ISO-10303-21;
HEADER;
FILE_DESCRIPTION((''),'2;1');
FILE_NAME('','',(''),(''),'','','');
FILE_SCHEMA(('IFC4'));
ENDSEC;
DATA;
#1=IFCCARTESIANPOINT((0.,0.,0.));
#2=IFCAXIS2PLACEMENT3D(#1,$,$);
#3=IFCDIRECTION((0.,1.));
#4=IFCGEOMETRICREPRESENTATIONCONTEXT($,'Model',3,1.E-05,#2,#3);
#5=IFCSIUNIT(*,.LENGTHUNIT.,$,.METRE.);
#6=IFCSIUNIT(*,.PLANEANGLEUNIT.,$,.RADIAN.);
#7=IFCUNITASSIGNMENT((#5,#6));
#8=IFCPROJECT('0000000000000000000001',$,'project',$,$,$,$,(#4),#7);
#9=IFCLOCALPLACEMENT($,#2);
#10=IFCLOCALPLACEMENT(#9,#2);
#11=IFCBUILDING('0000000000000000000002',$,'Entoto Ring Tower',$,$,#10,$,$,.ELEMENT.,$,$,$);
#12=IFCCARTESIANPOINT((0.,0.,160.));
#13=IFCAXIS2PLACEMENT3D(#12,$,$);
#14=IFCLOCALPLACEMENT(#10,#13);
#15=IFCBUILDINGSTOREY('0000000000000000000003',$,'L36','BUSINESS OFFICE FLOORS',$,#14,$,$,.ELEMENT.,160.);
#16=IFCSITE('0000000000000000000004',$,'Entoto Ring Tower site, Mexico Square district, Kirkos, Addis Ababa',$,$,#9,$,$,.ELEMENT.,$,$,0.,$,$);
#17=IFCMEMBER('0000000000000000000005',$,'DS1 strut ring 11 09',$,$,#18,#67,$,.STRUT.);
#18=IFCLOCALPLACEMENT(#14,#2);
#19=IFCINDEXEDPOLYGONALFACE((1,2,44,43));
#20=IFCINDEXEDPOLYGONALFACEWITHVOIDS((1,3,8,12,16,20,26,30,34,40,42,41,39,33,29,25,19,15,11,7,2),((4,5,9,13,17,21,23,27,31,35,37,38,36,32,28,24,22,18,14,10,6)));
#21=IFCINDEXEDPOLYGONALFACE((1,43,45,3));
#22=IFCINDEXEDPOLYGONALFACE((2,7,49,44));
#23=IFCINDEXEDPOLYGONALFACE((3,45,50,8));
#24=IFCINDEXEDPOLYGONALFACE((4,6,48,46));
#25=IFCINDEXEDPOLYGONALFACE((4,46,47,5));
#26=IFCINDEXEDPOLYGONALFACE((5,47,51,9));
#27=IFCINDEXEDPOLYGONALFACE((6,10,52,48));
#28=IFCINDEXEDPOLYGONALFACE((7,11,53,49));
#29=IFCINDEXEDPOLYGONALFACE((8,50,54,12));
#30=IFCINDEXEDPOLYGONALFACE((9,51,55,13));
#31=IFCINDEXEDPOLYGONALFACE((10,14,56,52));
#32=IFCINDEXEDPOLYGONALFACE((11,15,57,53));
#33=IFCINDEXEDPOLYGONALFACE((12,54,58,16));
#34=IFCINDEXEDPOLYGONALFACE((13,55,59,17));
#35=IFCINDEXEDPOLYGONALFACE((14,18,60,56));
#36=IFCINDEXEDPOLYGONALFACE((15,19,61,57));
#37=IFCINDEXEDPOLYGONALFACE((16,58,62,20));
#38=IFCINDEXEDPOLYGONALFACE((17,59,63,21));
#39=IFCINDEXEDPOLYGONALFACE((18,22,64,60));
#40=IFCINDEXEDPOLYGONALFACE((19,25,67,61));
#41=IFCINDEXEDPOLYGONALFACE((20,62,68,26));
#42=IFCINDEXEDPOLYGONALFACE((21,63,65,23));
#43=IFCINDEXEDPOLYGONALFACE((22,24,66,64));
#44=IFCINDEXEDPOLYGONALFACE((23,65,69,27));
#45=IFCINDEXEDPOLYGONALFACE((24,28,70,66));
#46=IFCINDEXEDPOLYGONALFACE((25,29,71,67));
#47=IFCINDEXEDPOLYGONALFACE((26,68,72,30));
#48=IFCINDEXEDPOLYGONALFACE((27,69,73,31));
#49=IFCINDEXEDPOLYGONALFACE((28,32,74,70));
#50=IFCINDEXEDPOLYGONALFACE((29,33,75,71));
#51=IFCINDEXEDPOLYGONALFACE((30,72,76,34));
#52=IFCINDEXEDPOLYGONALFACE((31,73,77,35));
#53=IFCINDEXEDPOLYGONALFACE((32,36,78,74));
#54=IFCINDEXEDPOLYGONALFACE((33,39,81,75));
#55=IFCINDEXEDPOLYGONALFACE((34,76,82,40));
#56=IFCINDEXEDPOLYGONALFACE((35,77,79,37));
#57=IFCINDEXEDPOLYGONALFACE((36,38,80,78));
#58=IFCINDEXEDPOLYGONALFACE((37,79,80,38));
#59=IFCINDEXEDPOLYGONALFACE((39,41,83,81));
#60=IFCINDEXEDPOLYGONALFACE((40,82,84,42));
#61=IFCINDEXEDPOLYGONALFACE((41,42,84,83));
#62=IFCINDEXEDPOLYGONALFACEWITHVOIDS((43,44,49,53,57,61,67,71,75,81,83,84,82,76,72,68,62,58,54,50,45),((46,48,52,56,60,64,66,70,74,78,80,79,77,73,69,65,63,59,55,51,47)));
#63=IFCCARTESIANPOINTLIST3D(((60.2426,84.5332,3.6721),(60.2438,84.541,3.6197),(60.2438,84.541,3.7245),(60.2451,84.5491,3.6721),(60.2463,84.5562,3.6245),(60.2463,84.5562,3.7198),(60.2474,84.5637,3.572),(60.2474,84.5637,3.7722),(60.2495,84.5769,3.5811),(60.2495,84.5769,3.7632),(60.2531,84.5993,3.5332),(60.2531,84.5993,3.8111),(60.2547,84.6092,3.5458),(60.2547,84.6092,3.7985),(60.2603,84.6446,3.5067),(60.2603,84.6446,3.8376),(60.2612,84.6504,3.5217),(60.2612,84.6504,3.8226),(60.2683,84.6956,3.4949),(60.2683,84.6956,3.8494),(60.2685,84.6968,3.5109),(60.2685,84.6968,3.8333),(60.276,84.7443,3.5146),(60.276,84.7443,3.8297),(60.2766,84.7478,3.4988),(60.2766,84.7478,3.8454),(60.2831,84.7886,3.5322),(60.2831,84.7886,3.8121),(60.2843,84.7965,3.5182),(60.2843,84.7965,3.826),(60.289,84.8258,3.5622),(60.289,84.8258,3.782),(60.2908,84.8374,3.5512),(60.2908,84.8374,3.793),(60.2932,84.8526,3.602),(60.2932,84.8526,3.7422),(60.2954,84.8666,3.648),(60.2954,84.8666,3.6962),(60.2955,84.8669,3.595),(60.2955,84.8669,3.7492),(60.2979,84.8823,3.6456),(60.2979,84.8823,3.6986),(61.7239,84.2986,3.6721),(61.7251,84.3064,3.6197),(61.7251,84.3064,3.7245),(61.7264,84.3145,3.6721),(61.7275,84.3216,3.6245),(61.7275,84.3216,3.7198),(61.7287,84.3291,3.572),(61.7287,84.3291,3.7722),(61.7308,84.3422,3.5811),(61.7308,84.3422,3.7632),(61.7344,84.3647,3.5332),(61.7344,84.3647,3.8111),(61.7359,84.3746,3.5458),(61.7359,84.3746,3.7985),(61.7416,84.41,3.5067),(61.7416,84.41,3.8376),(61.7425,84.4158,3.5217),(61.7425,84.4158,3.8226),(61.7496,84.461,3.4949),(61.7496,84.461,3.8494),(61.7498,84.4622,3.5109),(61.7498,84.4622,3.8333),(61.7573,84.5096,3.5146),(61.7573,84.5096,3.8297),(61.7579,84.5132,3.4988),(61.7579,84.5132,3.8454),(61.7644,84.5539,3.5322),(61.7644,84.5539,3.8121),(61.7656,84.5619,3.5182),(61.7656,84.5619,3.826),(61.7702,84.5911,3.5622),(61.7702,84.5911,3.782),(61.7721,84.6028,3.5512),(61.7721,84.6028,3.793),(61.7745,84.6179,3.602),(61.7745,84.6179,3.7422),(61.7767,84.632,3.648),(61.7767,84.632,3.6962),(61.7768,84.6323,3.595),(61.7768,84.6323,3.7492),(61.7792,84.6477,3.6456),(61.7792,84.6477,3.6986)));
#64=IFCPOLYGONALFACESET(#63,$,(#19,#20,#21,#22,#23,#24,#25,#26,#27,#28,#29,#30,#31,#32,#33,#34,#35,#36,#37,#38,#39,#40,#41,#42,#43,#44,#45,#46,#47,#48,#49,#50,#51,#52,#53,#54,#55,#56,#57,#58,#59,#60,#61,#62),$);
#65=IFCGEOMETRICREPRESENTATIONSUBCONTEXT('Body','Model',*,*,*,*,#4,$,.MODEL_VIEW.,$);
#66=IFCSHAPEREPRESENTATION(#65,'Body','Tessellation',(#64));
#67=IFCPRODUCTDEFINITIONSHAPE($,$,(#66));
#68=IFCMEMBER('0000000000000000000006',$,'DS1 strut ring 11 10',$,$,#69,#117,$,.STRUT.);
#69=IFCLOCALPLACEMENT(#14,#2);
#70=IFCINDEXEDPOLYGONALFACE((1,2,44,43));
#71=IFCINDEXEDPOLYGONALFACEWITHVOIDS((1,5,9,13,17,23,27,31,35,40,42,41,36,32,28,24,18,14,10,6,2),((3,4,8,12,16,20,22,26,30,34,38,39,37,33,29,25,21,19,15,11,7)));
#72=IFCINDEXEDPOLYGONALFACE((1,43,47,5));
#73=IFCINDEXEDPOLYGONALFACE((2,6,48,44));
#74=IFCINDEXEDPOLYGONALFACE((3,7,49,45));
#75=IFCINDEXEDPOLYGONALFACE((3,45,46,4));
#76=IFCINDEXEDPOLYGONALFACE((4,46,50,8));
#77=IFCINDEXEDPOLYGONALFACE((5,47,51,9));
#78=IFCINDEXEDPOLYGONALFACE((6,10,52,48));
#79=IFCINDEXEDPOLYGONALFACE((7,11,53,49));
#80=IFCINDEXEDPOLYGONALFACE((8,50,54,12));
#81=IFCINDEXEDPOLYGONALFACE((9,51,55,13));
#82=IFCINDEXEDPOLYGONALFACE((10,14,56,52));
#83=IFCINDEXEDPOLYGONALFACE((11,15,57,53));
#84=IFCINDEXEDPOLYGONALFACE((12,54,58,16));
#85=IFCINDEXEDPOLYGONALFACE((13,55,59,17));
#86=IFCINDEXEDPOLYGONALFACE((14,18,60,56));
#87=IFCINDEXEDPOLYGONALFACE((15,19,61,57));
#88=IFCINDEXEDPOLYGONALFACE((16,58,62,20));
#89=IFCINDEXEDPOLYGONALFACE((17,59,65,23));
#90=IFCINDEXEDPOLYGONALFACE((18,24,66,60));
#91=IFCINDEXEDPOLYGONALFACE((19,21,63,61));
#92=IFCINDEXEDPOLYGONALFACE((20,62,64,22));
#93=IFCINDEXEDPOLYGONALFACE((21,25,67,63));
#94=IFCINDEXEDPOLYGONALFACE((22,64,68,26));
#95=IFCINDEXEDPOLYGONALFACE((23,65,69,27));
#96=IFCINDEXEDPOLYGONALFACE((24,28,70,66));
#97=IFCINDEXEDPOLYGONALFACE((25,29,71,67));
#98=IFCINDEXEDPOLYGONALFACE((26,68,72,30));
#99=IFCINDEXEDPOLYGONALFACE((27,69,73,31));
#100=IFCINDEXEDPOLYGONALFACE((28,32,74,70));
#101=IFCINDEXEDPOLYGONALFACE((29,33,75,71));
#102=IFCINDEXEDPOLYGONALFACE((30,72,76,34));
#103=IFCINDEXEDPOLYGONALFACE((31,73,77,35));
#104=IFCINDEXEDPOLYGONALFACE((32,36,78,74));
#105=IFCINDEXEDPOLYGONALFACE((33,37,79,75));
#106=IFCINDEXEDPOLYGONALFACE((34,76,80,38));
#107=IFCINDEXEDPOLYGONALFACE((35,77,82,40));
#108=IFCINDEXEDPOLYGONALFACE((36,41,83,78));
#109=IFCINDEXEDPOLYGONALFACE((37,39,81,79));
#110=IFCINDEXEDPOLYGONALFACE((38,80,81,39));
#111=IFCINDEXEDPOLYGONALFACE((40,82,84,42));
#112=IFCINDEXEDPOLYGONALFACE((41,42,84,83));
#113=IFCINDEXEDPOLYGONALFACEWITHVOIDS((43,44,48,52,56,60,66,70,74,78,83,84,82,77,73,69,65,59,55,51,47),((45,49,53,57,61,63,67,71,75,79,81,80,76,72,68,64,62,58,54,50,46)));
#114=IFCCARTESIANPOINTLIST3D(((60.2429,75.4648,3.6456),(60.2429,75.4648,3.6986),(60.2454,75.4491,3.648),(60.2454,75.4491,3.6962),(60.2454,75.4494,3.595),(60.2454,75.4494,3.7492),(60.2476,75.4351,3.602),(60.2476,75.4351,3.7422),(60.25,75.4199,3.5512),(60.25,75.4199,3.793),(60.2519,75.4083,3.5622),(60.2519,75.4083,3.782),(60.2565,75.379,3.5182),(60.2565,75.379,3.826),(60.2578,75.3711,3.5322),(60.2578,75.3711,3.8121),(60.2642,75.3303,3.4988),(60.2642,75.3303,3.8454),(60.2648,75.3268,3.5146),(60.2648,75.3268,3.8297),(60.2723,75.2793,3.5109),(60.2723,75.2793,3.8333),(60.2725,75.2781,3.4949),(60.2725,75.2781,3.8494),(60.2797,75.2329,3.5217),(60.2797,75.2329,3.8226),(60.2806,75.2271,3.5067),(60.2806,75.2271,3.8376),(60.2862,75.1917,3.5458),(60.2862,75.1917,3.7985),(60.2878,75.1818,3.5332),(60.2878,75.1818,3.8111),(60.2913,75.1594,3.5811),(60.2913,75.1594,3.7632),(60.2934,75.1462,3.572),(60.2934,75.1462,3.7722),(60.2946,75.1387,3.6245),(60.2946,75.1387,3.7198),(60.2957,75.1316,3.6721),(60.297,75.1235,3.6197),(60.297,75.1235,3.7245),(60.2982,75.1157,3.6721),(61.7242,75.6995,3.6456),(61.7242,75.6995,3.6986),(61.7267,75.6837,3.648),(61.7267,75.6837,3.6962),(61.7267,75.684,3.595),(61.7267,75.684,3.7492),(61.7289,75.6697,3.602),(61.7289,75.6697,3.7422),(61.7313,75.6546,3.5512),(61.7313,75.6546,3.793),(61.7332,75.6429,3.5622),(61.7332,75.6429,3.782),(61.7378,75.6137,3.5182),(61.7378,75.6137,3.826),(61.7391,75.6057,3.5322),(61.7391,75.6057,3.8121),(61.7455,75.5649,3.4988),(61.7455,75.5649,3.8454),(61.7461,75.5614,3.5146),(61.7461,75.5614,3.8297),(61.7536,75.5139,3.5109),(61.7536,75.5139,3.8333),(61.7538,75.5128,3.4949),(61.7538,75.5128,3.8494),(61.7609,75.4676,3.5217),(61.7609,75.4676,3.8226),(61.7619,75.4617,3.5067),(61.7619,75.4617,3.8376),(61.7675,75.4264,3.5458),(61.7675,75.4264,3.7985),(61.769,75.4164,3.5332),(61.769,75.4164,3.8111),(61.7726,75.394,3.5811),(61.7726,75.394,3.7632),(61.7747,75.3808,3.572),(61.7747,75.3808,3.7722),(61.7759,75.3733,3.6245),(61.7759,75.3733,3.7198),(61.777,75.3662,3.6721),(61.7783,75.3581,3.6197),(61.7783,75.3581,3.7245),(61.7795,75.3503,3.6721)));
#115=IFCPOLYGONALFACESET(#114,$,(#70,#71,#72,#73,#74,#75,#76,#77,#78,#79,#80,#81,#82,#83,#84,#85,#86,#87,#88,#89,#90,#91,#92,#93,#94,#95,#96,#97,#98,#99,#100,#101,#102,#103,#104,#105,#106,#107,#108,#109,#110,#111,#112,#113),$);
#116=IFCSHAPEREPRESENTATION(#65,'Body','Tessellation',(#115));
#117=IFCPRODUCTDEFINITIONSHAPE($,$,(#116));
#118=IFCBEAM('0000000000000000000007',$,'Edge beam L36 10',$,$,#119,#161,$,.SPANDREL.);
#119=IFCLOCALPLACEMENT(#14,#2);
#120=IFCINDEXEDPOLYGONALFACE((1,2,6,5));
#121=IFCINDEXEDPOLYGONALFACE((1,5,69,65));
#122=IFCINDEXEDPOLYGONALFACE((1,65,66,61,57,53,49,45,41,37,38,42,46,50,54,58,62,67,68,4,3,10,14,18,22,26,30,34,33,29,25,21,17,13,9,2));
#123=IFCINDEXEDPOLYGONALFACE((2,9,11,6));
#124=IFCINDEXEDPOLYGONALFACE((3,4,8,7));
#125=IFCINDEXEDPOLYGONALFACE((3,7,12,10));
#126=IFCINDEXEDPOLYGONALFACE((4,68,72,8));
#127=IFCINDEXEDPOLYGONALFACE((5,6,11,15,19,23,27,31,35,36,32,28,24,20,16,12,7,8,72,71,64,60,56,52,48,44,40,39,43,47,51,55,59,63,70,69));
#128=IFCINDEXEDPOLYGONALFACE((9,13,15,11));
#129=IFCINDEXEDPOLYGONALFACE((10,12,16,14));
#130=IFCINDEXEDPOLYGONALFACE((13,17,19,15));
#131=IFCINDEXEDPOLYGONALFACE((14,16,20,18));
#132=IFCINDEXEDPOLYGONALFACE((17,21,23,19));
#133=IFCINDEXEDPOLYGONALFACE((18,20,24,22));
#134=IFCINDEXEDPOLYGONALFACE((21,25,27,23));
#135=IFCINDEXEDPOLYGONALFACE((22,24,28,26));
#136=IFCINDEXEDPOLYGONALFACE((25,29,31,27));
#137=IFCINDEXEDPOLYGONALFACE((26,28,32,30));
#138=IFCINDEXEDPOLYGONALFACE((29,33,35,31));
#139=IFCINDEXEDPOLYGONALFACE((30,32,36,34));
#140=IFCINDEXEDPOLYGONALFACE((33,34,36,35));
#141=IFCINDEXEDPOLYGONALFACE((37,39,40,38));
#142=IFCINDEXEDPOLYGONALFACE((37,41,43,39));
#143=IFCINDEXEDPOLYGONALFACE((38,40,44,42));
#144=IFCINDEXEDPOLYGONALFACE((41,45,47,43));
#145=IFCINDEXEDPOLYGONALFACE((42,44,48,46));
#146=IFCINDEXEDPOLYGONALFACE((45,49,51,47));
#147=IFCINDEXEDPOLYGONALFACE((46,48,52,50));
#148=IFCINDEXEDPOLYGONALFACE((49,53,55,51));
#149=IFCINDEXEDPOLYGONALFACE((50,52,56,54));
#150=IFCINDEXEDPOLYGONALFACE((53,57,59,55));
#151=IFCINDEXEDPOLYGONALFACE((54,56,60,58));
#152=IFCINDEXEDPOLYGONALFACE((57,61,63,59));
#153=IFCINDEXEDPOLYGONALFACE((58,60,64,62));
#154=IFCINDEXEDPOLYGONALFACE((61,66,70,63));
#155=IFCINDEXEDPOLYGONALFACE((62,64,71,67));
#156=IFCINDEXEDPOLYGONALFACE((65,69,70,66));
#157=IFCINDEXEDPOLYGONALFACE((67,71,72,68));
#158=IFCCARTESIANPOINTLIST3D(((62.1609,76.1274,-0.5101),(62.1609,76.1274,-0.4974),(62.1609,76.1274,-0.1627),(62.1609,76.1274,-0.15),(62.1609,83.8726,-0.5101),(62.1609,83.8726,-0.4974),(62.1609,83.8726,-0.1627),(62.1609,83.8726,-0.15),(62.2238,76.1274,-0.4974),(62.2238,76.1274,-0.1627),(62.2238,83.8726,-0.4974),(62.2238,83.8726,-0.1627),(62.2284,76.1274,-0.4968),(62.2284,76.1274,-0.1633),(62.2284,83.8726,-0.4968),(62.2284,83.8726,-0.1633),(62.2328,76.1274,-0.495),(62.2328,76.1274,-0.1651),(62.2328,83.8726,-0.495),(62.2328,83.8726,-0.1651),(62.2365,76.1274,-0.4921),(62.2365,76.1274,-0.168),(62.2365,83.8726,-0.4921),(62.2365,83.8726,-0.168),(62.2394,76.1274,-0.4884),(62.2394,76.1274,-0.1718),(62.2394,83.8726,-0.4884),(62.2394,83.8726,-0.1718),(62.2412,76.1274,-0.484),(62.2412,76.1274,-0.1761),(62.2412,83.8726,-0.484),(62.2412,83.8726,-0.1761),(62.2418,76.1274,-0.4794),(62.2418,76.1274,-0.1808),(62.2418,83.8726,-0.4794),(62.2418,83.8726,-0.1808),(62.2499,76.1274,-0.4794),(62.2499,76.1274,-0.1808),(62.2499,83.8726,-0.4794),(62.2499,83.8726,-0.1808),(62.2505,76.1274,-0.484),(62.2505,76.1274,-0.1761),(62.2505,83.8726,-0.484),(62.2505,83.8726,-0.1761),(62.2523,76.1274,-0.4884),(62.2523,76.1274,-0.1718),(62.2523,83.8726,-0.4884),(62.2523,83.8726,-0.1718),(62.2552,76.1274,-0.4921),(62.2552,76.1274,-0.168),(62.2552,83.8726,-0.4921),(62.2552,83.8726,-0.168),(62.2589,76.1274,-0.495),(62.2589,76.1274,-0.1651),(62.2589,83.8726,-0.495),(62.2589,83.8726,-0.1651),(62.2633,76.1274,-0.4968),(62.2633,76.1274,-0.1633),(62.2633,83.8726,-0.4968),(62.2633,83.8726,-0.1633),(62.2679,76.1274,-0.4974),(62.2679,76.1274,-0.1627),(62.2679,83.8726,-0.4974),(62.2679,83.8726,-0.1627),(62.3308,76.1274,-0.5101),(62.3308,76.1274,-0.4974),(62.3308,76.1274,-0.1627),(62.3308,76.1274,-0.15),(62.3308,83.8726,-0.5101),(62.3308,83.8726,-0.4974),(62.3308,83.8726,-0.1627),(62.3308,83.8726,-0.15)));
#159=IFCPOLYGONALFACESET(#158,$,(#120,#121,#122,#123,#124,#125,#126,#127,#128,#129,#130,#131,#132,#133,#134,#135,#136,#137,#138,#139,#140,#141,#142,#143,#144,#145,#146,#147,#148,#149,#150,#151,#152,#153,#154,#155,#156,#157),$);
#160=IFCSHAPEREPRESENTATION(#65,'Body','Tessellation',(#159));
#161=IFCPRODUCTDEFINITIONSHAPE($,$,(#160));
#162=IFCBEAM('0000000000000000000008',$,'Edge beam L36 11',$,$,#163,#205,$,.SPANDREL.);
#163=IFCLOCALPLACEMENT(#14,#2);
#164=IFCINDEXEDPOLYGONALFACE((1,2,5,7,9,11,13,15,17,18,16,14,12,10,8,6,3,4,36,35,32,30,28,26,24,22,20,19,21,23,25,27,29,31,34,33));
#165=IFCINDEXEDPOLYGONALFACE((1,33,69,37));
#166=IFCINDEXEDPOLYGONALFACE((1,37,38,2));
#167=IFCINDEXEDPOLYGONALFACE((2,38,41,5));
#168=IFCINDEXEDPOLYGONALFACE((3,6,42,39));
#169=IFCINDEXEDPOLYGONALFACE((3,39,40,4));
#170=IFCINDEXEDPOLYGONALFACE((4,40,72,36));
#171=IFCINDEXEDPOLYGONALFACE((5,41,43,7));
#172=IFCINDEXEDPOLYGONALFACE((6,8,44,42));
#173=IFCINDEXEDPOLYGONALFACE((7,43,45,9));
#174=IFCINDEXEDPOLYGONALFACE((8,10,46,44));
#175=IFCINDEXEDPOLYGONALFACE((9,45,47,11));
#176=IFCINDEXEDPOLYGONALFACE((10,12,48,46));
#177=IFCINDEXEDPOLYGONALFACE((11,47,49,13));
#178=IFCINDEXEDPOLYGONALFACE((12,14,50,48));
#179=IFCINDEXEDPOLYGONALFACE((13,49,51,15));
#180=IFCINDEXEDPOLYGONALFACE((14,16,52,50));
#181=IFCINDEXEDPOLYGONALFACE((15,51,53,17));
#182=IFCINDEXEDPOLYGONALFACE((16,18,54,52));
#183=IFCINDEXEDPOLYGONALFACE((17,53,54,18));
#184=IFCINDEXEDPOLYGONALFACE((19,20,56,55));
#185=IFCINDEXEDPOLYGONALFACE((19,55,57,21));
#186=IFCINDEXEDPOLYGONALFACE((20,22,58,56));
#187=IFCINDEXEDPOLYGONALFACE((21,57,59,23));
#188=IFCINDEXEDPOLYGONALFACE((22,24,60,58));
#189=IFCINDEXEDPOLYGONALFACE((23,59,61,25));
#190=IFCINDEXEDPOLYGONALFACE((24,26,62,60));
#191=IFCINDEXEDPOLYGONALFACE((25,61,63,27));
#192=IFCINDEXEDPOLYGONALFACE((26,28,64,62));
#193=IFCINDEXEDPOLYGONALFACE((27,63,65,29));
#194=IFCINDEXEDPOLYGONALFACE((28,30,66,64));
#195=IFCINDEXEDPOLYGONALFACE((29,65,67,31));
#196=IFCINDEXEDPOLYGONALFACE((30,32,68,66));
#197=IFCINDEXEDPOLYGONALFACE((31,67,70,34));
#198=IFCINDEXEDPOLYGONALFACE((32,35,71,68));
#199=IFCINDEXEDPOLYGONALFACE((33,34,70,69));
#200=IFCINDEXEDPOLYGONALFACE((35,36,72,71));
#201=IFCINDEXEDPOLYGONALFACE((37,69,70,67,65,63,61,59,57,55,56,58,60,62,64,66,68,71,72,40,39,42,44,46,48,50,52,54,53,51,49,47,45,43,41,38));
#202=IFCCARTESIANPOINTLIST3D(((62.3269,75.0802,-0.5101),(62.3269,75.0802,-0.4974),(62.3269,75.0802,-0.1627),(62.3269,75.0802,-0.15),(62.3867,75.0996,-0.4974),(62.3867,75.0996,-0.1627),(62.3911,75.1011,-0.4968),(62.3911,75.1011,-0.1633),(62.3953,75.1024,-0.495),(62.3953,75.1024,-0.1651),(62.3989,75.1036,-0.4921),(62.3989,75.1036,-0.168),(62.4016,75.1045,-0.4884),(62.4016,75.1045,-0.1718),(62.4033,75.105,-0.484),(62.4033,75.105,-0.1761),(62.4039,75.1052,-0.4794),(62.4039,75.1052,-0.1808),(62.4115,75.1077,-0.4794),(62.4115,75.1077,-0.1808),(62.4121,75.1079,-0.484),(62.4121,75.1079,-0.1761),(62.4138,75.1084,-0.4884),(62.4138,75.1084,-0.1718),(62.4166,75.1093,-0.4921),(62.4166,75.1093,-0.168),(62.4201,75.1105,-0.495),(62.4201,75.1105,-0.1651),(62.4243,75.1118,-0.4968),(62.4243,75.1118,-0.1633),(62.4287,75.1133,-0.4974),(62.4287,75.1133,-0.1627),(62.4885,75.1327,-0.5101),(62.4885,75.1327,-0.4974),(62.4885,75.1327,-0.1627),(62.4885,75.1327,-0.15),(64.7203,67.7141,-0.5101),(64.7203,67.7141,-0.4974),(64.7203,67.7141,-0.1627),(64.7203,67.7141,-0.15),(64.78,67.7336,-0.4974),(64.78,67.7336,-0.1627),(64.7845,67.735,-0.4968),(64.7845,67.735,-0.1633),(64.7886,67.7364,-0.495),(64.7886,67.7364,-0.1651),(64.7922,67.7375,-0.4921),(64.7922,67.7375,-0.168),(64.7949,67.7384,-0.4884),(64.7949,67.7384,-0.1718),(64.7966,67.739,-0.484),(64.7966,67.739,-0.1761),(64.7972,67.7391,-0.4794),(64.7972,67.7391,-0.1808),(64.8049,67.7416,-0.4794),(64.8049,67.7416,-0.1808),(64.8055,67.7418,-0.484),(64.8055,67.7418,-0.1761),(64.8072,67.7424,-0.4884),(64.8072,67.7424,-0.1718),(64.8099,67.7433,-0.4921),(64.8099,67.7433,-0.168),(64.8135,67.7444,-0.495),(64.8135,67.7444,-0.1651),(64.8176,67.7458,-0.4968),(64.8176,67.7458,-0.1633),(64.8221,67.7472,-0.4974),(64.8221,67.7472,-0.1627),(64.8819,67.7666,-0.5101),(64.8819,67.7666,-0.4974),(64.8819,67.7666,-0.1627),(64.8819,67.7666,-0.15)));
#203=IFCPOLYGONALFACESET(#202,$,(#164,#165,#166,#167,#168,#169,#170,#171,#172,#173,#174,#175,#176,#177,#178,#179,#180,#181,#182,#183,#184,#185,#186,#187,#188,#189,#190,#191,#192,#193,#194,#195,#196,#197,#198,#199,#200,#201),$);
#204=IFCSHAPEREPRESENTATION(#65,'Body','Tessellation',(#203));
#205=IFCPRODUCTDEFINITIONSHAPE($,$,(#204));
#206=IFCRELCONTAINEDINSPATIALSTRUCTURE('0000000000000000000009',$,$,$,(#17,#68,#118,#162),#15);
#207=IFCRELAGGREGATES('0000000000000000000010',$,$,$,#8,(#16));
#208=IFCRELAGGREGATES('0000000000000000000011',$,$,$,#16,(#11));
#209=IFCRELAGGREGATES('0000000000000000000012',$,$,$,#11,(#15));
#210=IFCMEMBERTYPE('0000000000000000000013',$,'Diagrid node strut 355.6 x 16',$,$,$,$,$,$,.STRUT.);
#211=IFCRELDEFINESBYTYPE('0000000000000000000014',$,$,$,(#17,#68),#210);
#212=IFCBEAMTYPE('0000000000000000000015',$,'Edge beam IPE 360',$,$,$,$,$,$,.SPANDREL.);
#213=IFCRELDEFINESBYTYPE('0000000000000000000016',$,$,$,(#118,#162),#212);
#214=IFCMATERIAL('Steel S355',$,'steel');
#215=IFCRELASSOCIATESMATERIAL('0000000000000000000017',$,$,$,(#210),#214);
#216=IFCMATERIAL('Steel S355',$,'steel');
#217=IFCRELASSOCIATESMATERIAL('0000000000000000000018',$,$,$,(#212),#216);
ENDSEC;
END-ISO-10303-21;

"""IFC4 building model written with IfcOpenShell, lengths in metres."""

from ifc_helpers import new_model, si_unit, direction, frame, origin, origin_2d, place, context, subcontext, project, spatial, circle, hollow_circle, i_section, extrude, material, material_profile, profile_set, type_object, element, save


model = new_model("IFC4")

# Units and contexts
model_context = context("Model", 3, precision=1e-05, world=origin(), true_north=direction((0.0, 1.0)))
body_context = subcontext(model_context, "Body", "Model", "MODEL_VIEW")
ifc_project = project(units=[si_unit("LENGTHUNIT", "METRE"), si_unit("PLANEANGLEUNIT", "RADIAN")], contexts=[model_context])

# Site, building, storey
site_placement = place(None, origin())
site = spatial("IfcSite", under=ifc_project, at=site_placement, Name="Entoto Ring Tower site, Mexico Square district, Kirkos, Addis Ababa", CompositionType="ELEMENT", RefElevation=0.0)
building_placement = place(site_placement, origin())
building = spatial("IfcBuilding", under=site, at=building_placement, Name="Entoto Ring Tower", CompositionType="ELEMENT")
storey_placement = place(building_placement, frame((0.0, 0.0, 160.0)))
storey = spatial("IfcBuildingStorey", under=building, at=storey_placement, Name="L36", Description="BUSINESS OFFICE FLOORS", CompositionType="ELEMENT", Elevation=160.0)

# Members
ifc_material_1 = material(Name="Steel S355", Category="steel")
ifc_material_profile_1 = material_profile(ifc_material_1, hollow_circle(Radius=0.1777, WallThickness=0.0161, at=origin_2d()), Name="CHS 355.6 x 16")
ifc_material_2 = material(Name="Concrete C60/75", Category="concrete")
ifc_material_profile_2 = material_profile(ifc_material_2, circle(Radius=0.1619, at=origin_2d()), Name="Concrete C60/75 infill")
ifc_profile_set_1 = profile_set([ifc_material_profile_1, ifc_material_profile_2], Name="Steel S355")
member_type = type_object("IfcMemberType", Name="Diagrid node strut 355.6 x 16", PredefinedType="STRUT", material=ifc_profile_set_1)
for number, where, z_axis, x_axis, name in (
    (1, (61.7517, 84.4741, 3.6721), (-0.987686, 0.156447, 0.0), (-0.156447, -0.987686, 0.0), "DS1 strut ring 11 09"),
    (2, (61.7517, 75.5259, 3.6721), (-0.987686, -0.156447, 0.0), (0.156447, -0.987686, 0.0), "DS1 strut ring 11 10"),
):
    element("IfcMember", number, at=place(storey_placement, frame(where, z_axis=z_axis, x_axis=x_axis)), inside=storey, type_object=member_type, Name=name, PredefinedType="STRUT", context=body_context, shape_type="SweptSolid", body=[
        extrude(hollow_circle(Radius=0.1777, WallThickness=0.0161, at=origin_2d()), origin(), (0.0, 0.0, 1.0), 1.4998),
    ])

# Beams
ifc_material_3 = material(Name="Steel S355", Category="steel")
ifc_material_profile_3 = material_profile(ifc_material_3, i_section(OverallWidth=0.1699, OverallDepth=0.3601, WebThickness=0.0081, FlangeThickness=0.0127, FilletRadius=0.0181, at=origin_2d()), Name="IPE 360")
ifc_profile_set_2 = profile_set([ifc_material_profile_3], Name="Steel S355")
beam_type_1 = type_object("IfcBeamType", Name="Edge beam IPE 360", PredefinedType="SPANDREL", material=ifc_profile_set_2)
for number, where, z_axis, x_axis, name in (
    (3, (62.2458, 83.8726, -0.3301), (0.0, -1.0, 0.0), (1.0, 0.0, 0.0), "Edge beam L36 10"),
    (4, (62.4077, 75.1064, -0.3301), (0.309013, -0.951058, 0.0), (0.951058, 0.309013, 0.0), "Edge beam L36 11"),
):
    element("IfcBeam", number, at=place(storey_placement, frame(where, z_axis=z_axis, x_axis=x_axis)), inside=storey, type_object=beam_type_1, Name=name, PredefinedType="SPANDREL", context=body_context, shape_type="SweptSolid", body=[
        extrude(i_section(OverallWidth=0.1699, OverallDepth=0.3601, WebThickness=0.0081, FlangeThickness=0.0127, FilletRadius=0.0181, at=origin_2d()), origin(), (0.0, 0.0, 1.0), 7.7451),
    ])

save(model, "model.ifc")
